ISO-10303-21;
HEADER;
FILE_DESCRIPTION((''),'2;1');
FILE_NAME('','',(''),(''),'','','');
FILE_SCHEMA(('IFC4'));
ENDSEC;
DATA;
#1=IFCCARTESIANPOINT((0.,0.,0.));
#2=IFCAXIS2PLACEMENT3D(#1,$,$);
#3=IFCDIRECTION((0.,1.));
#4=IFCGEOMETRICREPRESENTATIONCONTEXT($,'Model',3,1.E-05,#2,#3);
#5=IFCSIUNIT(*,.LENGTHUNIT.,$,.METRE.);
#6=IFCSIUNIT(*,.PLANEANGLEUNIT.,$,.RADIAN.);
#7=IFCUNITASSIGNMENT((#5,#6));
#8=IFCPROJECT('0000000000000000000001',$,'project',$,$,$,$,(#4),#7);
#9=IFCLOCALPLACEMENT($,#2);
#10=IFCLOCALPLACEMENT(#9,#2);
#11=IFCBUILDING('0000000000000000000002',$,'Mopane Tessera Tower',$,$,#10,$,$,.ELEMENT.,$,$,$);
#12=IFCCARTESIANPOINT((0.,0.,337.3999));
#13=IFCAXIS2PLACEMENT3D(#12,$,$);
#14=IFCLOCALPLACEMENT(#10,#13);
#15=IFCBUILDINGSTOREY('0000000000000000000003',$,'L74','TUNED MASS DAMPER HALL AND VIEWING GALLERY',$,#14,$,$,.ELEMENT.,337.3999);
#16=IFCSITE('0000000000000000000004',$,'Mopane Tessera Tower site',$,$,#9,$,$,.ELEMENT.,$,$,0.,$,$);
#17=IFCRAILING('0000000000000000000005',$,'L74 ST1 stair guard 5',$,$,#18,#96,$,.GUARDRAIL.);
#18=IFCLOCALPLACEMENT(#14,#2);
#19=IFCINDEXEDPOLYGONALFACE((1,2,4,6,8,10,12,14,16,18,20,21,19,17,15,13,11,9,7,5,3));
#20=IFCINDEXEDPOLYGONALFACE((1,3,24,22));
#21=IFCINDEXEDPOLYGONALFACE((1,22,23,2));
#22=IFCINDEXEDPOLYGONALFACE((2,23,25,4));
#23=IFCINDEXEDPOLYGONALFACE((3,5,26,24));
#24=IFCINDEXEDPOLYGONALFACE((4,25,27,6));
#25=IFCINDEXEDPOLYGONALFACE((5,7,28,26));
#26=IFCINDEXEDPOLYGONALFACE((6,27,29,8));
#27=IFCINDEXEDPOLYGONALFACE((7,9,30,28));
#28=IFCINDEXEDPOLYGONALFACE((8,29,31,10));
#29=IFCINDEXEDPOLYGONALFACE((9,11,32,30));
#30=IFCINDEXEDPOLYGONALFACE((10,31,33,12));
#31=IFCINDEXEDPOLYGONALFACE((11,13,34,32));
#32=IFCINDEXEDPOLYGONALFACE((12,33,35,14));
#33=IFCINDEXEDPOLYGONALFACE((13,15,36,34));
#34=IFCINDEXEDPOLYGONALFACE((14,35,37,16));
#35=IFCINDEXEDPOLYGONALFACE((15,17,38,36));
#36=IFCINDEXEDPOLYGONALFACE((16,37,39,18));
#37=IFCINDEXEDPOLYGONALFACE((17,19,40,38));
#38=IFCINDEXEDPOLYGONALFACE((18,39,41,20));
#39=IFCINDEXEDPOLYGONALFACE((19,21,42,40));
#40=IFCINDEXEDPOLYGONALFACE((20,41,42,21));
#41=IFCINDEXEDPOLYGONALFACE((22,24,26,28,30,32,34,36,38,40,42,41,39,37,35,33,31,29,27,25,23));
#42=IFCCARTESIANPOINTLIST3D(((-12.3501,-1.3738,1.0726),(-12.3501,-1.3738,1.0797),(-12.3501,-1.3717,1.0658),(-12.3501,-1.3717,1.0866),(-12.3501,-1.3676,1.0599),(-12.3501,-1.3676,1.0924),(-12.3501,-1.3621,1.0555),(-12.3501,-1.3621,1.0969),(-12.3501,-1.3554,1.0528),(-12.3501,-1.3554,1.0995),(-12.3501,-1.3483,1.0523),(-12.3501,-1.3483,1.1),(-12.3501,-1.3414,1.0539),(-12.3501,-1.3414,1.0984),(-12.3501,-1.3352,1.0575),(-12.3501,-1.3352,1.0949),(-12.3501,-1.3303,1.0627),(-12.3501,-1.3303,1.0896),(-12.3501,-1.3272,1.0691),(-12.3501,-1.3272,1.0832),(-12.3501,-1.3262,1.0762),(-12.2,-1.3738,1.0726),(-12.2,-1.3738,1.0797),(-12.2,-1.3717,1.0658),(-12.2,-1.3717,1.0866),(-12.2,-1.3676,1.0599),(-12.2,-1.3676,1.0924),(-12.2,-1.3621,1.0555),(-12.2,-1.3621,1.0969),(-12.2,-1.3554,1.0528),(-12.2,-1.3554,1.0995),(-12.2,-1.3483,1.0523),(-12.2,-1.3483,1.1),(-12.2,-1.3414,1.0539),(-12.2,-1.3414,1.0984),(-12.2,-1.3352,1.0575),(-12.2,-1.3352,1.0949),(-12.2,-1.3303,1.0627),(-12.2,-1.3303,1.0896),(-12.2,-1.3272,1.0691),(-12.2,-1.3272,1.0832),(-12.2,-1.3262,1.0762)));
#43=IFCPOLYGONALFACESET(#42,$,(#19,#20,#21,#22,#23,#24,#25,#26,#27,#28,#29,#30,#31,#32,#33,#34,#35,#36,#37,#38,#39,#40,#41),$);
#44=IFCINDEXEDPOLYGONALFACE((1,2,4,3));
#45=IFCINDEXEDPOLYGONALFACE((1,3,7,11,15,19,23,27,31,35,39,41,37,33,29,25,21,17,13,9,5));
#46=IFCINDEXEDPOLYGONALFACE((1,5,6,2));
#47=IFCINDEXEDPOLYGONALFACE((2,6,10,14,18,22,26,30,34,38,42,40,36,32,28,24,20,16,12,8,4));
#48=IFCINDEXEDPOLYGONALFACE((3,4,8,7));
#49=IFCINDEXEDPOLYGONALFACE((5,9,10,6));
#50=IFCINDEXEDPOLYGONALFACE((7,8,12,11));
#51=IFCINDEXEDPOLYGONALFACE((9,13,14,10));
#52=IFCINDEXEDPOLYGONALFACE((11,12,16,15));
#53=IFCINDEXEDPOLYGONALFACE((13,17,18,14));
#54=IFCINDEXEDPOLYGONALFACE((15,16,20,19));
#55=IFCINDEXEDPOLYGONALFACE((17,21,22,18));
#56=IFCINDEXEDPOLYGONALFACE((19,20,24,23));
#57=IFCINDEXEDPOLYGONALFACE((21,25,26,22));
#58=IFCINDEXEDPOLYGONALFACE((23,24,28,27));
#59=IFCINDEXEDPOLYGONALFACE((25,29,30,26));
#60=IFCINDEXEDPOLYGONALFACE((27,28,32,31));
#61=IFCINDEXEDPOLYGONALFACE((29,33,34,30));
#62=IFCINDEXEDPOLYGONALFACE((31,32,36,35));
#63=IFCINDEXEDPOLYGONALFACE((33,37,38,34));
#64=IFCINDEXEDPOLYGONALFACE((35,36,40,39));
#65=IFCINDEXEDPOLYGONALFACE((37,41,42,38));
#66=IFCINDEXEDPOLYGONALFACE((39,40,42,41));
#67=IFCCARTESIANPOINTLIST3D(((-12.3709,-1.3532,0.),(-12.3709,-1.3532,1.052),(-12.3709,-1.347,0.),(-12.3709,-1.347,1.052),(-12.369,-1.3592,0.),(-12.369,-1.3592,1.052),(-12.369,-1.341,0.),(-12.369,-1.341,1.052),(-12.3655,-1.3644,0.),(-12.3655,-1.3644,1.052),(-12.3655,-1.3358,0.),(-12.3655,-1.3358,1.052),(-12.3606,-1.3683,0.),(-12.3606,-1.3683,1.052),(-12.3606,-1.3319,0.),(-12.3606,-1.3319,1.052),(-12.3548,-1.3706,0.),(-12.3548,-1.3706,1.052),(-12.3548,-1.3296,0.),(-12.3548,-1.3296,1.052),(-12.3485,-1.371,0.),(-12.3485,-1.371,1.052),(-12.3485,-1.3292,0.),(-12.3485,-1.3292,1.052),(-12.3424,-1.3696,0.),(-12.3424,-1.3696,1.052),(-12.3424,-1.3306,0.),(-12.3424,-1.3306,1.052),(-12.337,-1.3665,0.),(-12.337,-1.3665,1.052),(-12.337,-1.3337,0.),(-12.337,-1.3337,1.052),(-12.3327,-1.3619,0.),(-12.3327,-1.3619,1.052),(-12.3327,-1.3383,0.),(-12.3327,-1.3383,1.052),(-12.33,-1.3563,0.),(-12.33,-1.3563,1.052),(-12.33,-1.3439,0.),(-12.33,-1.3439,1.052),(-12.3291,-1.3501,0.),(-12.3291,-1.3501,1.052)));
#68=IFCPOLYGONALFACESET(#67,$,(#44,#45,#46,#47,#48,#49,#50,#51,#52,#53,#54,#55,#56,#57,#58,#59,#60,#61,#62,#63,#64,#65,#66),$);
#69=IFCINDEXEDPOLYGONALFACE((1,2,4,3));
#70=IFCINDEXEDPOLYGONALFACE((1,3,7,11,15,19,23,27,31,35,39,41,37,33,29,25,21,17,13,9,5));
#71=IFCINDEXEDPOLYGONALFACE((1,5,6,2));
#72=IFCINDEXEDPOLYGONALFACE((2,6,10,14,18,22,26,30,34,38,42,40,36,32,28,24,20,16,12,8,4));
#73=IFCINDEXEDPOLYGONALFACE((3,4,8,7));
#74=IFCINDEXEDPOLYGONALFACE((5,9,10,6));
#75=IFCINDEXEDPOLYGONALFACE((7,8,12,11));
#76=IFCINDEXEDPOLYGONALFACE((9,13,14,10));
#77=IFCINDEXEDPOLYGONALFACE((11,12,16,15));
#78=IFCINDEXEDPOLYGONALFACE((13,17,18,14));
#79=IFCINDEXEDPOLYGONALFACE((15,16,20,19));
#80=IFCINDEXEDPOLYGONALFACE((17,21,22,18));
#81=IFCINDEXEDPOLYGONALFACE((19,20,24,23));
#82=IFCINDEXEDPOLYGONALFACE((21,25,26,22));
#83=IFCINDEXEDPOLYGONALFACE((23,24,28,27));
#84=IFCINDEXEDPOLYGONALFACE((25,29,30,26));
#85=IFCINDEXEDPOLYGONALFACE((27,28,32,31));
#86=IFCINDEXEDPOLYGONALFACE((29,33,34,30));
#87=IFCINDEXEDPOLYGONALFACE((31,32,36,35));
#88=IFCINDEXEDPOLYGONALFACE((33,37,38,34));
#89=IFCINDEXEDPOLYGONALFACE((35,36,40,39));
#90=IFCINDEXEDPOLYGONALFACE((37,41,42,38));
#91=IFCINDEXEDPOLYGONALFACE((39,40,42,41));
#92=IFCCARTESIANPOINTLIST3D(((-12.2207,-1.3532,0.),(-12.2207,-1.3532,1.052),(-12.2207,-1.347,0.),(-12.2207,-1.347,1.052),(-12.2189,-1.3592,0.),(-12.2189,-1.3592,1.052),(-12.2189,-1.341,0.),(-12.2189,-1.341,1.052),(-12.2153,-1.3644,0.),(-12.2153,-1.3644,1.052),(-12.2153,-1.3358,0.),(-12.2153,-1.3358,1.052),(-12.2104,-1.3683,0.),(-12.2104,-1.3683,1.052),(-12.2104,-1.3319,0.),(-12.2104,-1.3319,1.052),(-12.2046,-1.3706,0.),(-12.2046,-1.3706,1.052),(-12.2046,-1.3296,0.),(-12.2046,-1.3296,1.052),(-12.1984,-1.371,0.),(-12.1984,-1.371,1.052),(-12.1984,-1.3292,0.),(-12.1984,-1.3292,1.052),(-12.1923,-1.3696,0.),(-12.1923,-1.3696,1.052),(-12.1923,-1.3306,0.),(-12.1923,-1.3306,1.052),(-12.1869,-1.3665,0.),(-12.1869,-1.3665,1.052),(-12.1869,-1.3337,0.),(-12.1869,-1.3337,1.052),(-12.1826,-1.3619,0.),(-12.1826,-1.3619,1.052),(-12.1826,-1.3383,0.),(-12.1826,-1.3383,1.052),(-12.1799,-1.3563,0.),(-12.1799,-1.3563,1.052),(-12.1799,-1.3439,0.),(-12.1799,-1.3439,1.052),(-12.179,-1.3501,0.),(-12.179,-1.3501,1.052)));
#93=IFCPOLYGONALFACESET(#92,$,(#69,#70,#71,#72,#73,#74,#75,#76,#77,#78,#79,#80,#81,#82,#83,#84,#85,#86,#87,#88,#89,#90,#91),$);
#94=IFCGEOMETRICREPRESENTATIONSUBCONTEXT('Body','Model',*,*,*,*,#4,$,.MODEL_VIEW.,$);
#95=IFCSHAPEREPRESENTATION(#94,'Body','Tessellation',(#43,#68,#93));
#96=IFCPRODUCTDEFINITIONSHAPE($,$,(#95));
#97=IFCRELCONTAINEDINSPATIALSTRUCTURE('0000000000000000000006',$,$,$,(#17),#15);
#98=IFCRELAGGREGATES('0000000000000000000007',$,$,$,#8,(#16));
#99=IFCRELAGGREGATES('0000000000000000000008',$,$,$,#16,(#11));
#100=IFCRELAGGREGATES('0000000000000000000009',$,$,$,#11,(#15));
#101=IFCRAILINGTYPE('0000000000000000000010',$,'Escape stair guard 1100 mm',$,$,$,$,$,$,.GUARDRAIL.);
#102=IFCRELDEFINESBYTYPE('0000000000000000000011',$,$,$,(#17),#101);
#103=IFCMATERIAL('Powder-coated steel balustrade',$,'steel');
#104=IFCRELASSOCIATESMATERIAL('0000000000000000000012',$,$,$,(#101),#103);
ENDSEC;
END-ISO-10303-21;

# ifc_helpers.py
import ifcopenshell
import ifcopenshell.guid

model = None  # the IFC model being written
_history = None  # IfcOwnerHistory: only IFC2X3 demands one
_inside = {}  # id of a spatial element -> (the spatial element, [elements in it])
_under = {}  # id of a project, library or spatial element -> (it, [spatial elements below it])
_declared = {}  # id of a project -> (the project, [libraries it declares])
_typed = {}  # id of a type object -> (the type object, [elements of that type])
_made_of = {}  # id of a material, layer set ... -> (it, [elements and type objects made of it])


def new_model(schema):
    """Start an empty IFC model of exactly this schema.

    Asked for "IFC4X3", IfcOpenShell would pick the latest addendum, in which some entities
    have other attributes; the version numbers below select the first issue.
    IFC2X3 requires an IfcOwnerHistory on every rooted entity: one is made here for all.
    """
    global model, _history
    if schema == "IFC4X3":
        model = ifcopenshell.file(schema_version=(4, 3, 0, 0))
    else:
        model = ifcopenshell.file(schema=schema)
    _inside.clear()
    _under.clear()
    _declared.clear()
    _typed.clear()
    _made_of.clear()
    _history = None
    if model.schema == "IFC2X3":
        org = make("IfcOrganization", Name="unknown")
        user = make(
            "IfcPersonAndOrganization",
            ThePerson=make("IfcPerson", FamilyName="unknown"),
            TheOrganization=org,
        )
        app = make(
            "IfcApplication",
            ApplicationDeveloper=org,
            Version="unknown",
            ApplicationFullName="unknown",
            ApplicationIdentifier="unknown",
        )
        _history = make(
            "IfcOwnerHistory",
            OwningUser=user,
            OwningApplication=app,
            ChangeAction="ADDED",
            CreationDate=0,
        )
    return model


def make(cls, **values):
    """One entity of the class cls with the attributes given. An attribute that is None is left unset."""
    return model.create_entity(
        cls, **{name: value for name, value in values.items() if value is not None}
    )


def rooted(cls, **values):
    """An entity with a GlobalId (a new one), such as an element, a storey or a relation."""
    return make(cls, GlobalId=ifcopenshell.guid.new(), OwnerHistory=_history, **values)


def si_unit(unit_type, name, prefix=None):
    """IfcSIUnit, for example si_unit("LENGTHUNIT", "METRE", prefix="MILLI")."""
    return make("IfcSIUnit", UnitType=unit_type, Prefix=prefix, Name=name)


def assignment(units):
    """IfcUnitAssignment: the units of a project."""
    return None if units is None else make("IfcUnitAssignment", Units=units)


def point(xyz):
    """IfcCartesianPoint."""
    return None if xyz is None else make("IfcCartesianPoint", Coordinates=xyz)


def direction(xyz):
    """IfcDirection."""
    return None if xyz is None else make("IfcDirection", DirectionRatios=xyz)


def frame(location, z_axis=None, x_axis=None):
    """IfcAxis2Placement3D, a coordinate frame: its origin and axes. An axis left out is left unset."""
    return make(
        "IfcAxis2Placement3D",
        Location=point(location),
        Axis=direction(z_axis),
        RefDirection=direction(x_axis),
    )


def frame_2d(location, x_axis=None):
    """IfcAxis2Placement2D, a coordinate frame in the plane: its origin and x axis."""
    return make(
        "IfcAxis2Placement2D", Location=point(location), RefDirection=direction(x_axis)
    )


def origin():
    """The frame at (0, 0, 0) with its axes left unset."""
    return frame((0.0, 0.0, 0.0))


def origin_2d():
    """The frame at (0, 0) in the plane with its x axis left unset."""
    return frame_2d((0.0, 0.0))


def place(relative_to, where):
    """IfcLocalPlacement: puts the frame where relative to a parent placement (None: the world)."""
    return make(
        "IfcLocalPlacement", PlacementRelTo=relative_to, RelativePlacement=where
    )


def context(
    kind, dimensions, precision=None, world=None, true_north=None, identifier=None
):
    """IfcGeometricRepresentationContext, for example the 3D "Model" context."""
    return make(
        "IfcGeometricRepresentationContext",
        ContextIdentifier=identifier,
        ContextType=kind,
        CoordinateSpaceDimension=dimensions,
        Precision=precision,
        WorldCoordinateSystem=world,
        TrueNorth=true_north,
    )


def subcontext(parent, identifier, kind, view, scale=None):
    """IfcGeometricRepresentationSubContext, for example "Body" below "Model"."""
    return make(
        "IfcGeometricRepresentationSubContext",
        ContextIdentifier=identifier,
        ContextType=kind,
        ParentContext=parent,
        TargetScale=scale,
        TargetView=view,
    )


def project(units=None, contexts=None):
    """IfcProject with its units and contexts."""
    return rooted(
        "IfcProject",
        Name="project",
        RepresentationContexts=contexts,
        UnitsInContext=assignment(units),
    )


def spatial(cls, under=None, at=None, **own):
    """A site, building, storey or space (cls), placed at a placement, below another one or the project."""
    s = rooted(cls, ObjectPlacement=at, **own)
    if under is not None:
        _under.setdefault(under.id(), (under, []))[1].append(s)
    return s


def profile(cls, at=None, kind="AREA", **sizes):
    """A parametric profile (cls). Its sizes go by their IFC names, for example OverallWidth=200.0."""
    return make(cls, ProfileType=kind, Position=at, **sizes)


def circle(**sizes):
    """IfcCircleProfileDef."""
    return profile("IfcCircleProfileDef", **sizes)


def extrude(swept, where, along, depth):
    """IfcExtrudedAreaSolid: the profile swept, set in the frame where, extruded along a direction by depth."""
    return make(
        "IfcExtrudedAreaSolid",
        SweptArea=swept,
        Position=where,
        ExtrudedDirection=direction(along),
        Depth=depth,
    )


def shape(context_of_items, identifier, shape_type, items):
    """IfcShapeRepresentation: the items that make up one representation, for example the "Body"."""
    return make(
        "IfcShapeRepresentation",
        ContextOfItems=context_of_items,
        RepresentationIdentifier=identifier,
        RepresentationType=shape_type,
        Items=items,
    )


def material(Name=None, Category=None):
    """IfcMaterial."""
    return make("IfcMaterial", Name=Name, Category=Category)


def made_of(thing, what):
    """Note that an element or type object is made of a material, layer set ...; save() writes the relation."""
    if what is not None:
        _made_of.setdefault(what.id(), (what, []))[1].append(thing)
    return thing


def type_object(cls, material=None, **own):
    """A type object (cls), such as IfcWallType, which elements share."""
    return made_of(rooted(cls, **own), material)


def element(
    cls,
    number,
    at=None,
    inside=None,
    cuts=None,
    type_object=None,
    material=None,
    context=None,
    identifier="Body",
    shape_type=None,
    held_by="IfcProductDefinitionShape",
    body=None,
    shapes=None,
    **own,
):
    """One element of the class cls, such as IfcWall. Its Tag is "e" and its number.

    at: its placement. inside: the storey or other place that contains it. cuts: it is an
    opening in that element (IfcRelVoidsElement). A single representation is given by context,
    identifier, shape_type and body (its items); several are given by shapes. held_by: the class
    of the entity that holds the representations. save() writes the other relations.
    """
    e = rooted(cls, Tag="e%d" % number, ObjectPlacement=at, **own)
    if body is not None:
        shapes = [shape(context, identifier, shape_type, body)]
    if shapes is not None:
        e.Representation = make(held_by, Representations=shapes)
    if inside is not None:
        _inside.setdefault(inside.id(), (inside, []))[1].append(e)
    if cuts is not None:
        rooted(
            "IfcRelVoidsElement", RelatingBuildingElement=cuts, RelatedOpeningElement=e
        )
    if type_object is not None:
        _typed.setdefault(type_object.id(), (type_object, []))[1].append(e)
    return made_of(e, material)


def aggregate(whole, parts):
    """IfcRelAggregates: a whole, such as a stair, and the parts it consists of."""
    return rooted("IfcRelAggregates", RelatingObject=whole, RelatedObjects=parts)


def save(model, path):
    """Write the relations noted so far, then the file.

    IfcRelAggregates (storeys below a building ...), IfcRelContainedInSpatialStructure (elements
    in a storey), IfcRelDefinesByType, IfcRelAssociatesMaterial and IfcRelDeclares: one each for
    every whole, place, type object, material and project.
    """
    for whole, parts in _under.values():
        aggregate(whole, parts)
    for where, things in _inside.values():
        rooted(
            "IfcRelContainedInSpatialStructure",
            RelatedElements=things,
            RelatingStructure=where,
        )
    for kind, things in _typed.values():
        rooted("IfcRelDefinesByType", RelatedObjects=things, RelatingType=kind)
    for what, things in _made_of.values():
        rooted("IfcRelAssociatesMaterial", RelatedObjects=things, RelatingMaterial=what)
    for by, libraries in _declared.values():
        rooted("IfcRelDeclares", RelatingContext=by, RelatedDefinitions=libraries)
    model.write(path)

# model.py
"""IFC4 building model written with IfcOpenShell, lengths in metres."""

from ifc_helpers import new_model, si_unit, direction, frame, origin, origin_2d, place, context, subcontext, project, spatial, circle, extrude, material, type_object, element, save


model = new_model("IFC4")

# Units and contexts
model_context = context("Model", 3, precision=1e-05, world=origin(), true_north=direction((0.0, 1.0)))
body_context = subcontext(model_context, "Body", "Model", "MODEL_VIEW")
ifc_project = project(units=[si_unit("LENGTHUNIT", "METRE"), si_unit("PLANEANGLEUNIT", "RADIAN")], contexts=[model_context])

# Site, building, storey
site_placement = place(None, origin())
site = spatial("IfcSite", under=ifc_project, at=site_placement, Name="Mopane Tessera Tower site", CompositionType="ELEMENT", RefElevation=0.0)
building_placement = place(site_placement, origin())
building = spatial("IfcBuilding", under=site, at=building_placement, Name="Mopane Tessera Tower", CompositionType="ELEMENT")
storey_placement = place(building_placement, frame((0.0, 0.0, 337.3999)))
storey = spatial("IfcBuildingStorey", under=building, at=storey_placement, Name="L74", Description="TUNED MASS DAMPER HALL AND VIEWING GALLERY", CompositionType="ELEMENT", Elevation=337.3999)

# Railing
ifc_material_1 = material(Name="Powder-coated steel balustrade", Category="steel")
railing_type_1 = type_object("IfcRailingType", Name="Escape stair guard 1100 mm", PredefinedType="GUARDRAIL", material=ifc_material_1)
railing_1_placement = place(storey_placement, frame((-12.3501, -1.3501, 0.0)))
element("IfcRailing", 1, at=railing_1_placement, inside=storey, type_object=railing_type_1, Name="L74 ST1 stair guard 5", PredefinedType="GUARDRAIL", context=body_context, shape_type="SweptSolid", body=[
    extrude(circle(Radius=0.0239, at=origin_2d()), frame((0.0, 0.0, 1.0762), z_axis=(1.0, 0.0, 0.0), x_axis=(0.0, 1.0, 0.0)), (0.0, 0.0, 1.0), 0.1501),
    extrude(circle(Radius=0.021, at=origin_2d()), origin(), (0.0, 0.0, 1.0), 1.052),
    extrude(circle(Radius=0.021, at=origin_2d()), frame((0.1501, 0.0, 0.0)), (0.0, 0.0, 1.0), 1.052),
])

save(model, "model.ifc")
